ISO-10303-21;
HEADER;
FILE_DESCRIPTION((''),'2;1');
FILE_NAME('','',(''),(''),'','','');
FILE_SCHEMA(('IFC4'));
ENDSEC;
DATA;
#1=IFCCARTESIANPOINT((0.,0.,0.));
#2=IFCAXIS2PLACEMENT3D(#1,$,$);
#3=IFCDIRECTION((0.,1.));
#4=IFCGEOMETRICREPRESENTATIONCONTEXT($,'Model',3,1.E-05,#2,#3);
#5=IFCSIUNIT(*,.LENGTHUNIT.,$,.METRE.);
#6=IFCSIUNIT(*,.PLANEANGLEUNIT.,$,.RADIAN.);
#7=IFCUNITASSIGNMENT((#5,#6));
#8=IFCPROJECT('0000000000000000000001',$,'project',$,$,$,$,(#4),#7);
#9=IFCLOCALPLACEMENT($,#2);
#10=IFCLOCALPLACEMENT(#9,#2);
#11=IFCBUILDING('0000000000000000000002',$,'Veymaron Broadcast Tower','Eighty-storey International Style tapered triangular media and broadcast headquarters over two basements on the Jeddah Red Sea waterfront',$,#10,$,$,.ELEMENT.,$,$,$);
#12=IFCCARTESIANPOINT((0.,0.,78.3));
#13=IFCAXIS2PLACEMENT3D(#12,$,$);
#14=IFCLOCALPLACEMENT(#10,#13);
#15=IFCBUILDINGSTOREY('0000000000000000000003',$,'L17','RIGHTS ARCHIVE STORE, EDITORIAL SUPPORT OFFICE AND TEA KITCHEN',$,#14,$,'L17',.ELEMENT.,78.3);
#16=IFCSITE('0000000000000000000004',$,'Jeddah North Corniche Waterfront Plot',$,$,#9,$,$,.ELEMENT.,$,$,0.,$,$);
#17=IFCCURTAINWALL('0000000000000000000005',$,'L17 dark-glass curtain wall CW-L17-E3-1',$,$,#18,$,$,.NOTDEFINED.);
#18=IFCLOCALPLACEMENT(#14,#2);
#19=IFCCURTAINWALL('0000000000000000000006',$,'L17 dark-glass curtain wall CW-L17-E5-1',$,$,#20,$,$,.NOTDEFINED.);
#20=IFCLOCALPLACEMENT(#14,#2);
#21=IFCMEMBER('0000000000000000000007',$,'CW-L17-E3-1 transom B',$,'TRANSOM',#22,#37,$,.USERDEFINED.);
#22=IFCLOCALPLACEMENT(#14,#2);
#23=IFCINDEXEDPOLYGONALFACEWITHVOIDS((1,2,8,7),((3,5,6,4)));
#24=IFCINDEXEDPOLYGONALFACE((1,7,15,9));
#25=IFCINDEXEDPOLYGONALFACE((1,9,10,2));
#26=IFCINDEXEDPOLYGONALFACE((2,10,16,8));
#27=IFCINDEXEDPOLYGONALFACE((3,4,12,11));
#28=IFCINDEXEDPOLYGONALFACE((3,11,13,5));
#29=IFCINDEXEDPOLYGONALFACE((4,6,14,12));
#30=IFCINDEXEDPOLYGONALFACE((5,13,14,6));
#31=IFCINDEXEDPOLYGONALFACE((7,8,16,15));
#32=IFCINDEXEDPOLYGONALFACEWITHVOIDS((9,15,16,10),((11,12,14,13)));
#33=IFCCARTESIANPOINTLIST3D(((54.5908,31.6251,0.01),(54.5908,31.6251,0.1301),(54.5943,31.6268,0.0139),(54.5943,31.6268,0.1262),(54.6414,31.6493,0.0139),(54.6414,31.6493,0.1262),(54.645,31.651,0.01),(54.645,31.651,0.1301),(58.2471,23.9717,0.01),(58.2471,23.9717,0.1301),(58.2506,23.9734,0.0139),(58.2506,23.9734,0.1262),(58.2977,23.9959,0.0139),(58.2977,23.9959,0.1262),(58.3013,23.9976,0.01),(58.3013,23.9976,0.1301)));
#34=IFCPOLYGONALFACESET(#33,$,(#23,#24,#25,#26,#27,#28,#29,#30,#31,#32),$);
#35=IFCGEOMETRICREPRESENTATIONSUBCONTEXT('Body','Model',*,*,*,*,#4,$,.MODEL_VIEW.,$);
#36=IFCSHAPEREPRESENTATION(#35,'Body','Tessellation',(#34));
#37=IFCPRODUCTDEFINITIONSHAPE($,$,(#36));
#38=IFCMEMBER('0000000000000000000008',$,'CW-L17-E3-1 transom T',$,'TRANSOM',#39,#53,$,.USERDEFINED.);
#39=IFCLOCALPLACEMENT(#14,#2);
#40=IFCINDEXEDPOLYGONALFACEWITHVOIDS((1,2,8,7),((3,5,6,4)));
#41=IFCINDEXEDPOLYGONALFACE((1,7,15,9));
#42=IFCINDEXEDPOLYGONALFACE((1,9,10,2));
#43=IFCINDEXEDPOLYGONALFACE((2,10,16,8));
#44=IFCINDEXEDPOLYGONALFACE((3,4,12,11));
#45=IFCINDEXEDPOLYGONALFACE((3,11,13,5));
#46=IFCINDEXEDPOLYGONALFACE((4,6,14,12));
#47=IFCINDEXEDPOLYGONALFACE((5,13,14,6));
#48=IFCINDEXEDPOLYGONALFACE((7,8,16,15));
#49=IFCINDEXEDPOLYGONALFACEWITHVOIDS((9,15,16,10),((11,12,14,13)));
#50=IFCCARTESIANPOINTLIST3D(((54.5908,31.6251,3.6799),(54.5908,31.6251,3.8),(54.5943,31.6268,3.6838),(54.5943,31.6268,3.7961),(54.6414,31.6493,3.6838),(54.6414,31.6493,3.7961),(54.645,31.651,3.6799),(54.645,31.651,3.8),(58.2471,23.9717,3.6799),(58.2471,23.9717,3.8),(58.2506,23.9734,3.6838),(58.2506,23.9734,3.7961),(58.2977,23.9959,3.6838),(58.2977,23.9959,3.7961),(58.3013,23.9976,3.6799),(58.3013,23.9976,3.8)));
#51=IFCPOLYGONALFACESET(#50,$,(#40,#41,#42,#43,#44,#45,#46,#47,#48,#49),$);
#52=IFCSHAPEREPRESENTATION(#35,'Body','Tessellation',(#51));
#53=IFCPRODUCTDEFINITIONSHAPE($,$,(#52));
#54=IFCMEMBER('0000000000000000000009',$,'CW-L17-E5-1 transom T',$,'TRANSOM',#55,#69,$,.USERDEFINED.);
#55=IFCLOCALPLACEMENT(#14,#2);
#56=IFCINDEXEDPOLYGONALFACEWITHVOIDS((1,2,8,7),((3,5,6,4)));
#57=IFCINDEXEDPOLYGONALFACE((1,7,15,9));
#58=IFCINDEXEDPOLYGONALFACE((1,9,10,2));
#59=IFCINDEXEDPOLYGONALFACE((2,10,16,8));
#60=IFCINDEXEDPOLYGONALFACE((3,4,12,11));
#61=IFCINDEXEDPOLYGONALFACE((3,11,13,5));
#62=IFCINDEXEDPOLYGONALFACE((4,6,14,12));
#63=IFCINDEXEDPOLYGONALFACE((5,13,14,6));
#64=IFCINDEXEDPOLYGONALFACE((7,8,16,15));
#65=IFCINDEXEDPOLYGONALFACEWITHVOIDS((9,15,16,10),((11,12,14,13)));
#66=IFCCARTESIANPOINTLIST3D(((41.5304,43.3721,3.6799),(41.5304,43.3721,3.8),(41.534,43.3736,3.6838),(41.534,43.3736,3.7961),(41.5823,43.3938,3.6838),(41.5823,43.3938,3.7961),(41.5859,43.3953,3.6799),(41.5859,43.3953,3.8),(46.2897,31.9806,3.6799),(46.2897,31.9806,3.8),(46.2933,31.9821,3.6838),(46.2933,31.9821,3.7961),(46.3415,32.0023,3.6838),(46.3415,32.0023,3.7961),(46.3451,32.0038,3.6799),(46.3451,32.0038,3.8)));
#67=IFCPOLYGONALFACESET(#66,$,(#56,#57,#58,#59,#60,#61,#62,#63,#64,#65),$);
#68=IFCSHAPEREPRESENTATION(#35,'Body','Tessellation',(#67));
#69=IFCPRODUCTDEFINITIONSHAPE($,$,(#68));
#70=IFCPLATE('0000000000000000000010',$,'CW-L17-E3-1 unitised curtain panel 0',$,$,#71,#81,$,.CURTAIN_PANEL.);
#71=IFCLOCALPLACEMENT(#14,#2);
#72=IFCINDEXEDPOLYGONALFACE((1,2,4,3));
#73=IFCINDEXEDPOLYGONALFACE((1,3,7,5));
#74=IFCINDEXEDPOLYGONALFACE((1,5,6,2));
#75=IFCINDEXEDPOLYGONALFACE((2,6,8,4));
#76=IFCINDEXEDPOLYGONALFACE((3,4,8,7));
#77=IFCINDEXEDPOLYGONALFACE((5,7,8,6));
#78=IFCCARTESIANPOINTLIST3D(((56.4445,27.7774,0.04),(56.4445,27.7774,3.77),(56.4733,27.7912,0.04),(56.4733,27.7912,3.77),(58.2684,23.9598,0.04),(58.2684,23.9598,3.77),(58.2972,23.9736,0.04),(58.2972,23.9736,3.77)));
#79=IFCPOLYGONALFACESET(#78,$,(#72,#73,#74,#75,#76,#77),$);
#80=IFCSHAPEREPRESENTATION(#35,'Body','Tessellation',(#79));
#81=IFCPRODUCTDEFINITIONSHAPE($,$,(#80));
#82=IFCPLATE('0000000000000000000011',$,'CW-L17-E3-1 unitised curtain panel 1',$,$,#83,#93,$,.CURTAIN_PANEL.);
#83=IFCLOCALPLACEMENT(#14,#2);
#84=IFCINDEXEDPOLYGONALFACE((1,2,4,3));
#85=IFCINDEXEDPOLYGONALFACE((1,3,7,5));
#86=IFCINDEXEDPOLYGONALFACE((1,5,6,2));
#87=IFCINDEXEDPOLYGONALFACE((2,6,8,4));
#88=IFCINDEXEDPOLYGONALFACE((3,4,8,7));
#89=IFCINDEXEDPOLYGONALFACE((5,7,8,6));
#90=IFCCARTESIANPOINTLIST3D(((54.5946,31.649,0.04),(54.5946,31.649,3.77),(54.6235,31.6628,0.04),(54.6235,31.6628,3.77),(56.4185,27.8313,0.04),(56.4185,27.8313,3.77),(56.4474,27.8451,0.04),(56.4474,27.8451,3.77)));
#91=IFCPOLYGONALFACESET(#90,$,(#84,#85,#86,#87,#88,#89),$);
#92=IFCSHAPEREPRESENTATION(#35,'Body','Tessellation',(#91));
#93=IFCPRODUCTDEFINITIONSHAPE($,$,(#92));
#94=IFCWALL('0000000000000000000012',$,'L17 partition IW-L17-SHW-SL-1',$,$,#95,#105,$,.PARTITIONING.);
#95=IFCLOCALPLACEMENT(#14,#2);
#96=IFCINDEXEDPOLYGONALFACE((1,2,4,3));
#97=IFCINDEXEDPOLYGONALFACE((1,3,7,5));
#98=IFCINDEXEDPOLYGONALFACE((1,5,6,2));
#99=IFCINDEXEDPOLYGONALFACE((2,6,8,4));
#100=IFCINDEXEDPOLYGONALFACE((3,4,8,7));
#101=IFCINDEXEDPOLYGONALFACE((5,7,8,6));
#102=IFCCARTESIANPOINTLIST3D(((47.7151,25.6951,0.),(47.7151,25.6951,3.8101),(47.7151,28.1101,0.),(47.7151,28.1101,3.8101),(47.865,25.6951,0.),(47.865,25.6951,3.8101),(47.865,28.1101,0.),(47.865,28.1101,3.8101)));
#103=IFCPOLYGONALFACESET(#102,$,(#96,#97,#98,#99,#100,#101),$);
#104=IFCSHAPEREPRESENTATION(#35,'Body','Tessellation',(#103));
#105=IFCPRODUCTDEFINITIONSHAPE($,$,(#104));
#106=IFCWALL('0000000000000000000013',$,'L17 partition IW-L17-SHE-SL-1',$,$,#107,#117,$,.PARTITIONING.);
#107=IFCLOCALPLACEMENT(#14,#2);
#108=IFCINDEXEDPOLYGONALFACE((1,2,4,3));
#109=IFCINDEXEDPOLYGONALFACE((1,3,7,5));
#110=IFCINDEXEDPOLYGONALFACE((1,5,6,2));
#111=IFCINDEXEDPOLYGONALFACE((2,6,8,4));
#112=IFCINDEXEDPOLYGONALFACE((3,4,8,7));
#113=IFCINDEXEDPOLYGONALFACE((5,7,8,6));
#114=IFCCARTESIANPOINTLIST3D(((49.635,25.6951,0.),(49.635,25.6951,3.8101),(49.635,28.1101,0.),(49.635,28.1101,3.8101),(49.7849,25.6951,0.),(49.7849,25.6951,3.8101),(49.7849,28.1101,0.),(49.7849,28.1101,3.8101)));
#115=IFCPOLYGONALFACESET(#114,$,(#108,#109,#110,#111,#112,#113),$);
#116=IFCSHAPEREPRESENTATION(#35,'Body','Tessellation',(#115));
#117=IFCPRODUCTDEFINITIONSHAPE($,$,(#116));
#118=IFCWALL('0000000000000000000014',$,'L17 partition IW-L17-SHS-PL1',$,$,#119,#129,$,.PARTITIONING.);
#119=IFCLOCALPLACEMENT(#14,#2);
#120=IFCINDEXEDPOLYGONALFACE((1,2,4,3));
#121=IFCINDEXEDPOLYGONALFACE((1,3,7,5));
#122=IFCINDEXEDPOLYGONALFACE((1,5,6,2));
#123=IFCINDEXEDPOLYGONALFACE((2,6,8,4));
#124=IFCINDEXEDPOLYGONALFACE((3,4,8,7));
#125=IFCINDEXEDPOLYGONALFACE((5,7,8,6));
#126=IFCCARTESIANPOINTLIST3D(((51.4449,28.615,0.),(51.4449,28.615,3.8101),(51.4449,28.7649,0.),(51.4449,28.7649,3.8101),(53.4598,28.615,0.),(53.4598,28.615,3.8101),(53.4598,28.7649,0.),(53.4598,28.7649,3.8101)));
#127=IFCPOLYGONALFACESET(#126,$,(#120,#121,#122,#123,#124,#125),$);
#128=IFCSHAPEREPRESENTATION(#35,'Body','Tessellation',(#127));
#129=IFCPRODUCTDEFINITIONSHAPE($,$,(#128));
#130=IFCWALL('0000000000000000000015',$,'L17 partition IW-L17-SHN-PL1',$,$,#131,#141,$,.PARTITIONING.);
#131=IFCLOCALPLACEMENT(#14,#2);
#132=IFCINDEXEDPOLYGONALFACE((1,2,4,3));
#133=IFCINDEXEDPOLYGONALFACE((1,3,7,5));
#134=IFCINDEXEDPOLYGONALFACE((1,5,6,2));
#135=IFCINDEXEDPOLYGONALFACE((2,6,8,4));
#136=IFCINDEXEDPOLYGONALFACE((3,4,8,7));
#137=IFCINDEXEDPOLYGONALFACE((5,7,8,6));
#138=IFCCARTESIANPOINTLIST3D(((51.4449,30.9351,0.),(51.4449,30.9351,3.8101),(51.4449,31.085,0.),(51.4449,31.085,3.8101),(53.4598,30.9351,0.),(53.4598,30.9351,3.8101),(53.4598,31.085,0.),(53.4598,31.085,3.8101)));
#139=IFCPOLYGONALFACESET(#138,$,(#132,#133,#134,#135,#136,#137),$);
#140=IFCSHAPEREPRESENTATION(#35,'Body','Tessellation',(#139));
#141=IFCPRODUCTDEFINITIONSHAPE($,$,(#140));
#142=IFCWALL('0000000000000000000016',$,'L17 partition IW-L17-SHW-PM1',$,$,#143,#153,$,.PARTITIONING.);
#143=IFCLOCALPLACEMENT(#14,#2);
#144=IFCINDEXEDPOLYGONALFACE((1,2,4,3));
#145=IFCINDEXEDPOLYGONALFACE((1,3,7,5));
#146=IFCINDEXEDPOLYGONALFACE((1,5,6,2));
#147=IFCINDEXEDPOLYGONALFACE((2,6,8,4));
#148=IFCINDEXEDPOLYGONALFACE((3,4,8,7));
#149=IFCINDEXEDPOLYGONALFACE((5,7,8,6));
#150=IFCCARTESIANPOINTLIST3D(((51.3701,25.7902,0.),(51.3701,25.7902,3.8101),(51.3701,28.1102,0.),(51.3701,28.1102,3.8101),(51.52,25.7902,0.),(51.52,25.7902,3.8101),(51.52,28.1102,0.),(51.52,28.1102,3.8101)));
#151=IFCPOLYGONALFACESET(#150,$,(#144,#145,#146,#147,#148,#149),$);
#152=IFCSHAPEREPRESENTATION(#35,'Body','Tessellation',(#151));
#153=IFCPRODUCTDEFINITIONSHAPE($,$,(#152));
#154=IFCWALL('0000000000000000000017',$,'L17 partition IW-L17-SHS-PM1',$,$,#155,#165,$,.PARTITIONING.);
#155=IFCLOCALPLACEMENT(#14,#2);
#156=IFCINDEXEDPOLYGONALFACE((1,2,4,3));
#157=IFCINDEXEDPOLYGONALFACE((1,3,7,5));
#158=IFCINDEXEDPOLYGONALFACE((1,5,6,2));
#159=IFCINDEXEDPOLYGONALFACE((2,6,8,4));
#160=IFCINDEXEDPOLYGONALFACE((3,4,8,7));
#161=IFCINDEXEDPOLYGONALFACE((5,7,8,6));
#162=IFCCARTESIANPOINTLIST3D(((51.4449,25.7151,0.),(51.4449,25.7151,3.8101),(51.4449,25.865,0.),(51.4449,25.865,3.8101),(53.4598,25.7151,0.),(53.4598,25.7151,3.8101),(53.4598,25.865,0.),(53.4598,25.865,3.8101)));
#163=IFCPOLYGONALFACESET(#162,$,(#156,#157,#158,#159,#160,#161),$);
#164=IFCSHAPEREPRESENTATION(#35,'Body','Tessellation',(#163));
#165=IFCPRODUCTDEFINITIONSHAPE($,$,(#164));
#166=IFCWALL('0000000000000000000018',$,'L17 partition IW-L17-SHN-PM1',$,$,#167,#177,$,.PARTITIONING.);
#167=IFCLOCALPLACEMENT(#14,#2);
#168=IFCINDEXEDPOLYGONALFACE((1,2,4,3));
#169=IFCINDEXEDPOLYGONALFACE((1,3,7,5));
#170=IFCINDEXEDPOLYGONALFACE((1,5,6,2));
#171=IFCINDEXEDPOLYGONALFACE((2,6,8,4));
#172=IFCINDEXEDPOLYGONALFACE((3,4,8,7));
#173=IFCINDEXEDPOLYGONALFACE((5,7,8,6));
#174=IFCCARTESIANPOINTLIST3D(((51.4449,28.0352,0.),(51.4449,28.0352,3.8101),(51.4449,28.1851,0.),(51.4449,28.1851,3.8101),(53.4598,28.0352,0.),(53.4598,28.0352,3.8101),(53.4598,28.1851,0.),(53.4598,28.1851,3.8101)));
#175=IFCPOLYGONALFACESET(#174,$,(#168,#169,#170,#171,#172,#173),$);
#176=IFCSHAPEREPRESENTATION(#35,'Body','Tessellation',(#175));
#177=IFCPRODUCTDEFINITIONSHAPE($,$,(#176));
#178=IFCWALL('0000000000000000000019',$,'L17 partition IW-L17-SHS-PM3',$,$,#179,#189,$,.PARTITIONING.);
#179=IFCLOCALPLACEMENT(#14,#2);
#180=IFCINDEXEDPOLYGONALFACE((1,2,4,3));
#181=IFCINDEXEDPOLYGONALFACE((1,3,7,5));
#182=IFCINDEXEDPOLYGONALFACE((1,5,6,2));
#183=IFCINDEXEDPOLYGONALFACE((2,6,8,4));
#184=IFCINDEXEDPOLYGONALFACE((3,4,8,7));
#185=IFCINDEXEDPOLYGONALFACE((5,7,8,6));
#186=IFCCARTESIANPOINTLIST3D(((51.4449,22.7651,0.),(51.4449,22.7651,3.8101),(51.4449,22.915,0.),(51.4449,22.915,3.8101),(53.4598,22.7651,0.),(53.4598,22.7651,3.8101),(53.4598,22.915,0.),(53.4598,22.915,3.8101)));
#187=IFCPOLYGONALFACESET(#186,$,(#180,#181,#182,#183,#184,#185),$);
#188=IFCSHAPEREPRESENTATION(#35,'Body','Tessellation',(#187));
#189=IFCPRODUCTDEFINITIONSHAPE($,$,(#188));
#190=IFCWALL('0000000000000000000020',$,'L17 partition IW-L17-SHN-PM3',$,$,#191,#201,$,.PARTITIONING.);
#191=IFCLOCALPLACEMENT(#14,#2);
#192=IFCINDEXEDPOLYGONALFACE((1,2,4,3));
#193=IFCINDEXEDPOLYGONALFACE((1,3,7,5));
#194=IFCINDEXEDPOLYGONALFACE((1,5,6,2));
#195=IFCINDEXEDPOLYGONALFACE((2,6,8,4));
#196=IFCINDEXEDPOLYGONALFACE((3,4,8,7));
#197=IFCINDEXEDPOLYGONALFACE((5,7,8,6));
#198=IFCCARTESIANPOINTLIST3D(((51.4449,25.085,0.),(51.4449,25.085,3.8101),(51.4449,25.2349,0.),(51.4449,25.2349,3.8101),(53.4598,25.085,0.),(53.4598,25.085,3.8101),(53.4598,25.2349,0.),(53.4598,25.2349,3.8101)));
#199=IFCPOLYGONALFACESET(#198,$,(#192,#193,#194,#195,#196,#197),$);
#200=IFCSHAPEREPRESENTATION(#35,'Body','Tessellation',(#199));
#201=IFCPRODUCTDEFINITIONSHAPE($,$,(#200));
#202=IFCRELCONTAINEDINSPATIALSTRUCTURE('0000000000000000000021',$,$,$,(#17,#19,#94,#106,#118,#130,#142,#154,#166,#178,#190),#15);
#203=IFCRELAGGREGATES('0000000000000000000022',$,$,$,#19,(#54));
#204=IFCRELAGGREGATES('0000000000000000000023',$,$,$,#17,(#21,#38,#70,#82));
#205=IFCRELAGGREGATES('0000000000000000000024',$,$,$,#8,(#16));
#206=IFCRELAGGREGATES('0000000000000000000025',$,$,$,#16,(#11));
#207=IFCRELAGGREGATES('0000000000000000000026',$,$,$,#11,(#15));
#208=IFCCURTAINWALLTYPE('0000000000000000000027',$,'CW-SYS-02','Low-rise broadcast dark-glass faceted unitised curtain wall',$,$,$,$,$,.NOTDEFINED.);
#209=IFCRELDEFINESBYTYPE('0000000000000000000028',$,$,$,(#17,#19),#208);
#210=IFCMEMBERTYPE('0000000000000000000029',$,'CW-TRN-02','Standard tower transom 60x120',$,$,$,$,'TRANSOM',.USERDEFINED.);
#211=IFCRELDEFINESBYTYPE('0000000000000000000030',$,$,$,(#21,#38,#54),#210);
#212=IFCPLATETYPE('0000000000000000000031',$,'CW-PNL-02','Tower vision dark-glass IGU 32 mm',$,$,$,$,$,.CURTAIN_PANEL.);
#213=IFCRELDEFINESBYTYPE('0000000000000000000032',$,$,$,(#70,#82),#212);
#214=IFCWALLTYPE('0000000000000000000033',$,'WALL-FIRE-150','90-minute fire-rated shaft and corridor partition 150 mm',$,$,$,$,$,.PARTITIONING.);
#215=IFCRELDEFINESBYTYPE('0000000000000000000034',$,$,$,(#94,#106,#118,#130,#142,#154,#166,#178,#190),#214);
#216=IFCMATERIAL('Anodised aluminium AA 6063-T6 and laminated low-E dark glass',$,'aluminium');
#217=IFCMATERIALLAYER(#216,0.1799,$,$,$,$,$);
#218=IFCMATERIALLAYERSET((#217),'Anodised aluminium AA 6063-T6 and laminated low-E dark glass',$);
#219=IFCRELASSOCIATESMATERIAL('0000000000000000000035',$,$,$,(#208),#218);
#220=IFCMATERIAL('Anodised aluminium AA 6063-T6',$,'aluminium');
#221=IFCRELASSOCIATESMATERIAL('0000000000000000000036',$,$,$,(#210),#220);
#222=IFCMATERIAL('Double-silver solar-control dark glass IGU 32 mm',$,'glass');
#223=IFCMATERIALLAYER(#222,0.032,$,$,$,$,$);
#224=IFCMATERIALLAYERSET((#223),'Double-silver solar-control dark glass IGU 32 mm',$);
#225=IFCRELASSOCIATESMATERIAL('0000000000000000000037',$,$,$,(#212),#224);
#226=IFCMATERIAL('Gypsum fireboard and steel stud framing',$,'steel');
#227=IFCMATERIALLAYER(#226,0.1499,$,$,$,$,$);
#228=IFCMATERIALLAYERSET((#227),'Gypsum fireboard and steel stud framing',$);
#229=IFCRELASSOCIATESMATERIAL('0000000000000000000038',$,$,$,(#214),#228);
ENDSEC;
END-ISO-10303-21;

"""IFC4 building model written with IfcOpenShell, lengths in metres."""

from ifc_helpers import new_model, si_unit, direction, frame, frame_2d, origin, origin_2d, place, context, subcontext, project, spatial, rectangle, hollow_rectangle, extrude, material, layer, layer_set, material_profile, profile_set, type_object, element, aggregate, save


model = new_model("IFC4")

# Units and contexts
model_context = context("Model", 3, precision=1e-05, world=origin(), true_north=direction((0.0, 1.0)))
body_context = subcontext(model_context, "Body", "Model", "MODEL_VIEW")
ifc_project = project(units=[si_unit("LENGTHUNIT", "METRE"), si_unit("PLANEANGLEUNIT", "RADIAN")], contexts=[model_context])

# Site, building, storey
site_placement = place(None, origin())
site = spatial("IfcSite", under=ifc_project, at=site_placement, Name="Jeddah North Corniche Waterfront Plot", CompositionType="ELEMENT", RefElevation=0.0)
building_placement = place(site_placement, origin())
building = spatial("IfcBuilding", under=site, at=building_placement, Name="Veymaron Broadcast Tower", Description="Eighty-storey International Style tapered triangular media and broadcast headquarters over two basements on the Jeddah Red Sea waterfront", CompositionType="ELEMENT")
storey_placement = place(building_placement, frame((0.0, 0.0, 78.3)))
storey = spatial("IfcBuildingStorey", under=building, at=storey_placement, Name="L17", Description="RIGHTS ARCHIVE STORE, EDITORIAL SUPPORT OFFICE AND TEA KITCHEN", LongName="L17", CompositionType="ELEMENT", Elevation=78.3)

# Shared definitions
ifc_material_1 = material(Name="Anodised aluminium AA 6063-T6 and laminated low-E dark glass", Category="aluminium")
ifc_layer_1 = layer(ifc_material_1, 0.1799)
ifc_layer_set_1 = layer_set([ifc_layer_1], Name="Anodised aluminium AA 6063-T6 and laminated low-E dark glass")
curtain_wall_type = type_object("IfcCurtainWallType", Name="CW-SYS-02", Description="Low-rise broadcast dark-glass faceted unitised curtain wall", PredefinedType="NOTDEFINED", material=ifc_layer_set_1)
ifc_material_2 = material(Name="Anodised aluminium AA 6063-T6", Category="aluminium")

# Curtain wall
curtain_wall_1_placement = place(storey_placement, origin())
curtain_wall_1 = element("IfcCurtainWall", 1, at=curtain_wall_1_placement, inside=storey, type_object=curtain_wall_type, Name="L17 dark-glass curtain wall CW-L17-E3-1", PredefinedType="NOTDEFINED")

# Curtain wall
curtain_wall_2_placement = place(storey_placement, origin())
curtain_wall_2 = element("IfcCurtainWall", 2, at=curtain_wall_2_placement, inside=storey, type_object=curtain_wall_type, Name="L17 dark-glass curtain wall CW-L17-E5-1", PredefinedType="NOTDEFINED")

# Members
ifc_material_profile_1 = material_profile(ifc_material_2, hollow_rectangle(XDim=0.0601, YDim=0.1201, WallThickness=0.0039, at=origin_2d()), Name="AL120X60X4")
ifc_profile_set_1 = profile_set([ifc_material_profile_1], Name="Anodised aluminium AA 6063-T6")
member_type_1 = type_object("IfcMemberType", Name="CW-TRN-02", Description="Standard tower transom 60x120", ElementType="TRANSOM", PredefinedType="USERDEFINED", material=ifc_profile_set_1)
member_1_placement = place(storey_placement, frame((58.2742, 23.9846, 0.0701), z_axis=(-0.431068, 0.902319, 0.0), x_axis=(-0.902319, -0.431068, 0.0)))
member_1 = element("IfcMember", 3, at=member_1_placement, type_object=member_type_1, Name="CW-L17-E3-1 transom B", ObjectType="TRANSOM", PredefinedType="USERDEFINED", context=body_context, shape_type="SweptSolid", body=[
    extrude(hollow_rectangle(XDim=0.0601, YDim=0.1201, WallThickness=0.0039, at=origin_2d()), origin(), (0.0, 0.0, 1.0), 8.4819),
])
member_2_placement = place(storey_placement, frame((58.2742, 23.9846, 3.74), z_axis=(-0.431068, 0.902319, 0.0), x_axis=(-0.902319, -0.431068, 0.0)))
member_2 = element("IfcMember", 4, at=member_2_placement, type_object=member_type_1, Name="CW-L17-E3-1 transom T", ObjectType="TRANSOM", PredefinedType="USERDEFINED", context=body_context, shape_type="SweptSolid", body=[
    extrude(hollow_rectangle(XDim=0.0601, YDim=0.1201, WallThickness=0.0039, at=origin_2d()), origin(), (0.0, 0.0, 1.0), 8.4819),
])
member_3_placement = place(storey_placement, frame((46.3174, 31.9922, 3.74), z_axis=(-0.385497, 0.922709, 0.0), x_axis=(-0.922709, -0.385497, 0.0)))
member_3 = element("IfcMember", 5, at=member_3_placement, type_object=member_type_1, Name="CW-L17-E5-1 transom T", ObjectType="TRANSOM", PredefinedType="USERDEFINED", context=body_context, shape_type="SweptSolid", body=[
    extrude(hollow_rectangle(XDim=0.0601, YDim=0.1201, WallThickness=0.0039, at=origin_2d()), origin(), (0.0, 0.0, 1.0), 12.3457),
])
aggregate(curtain_wall_2, [member_3])

# Plates
ifc_material_3 = material(Name="Double-silver solar-control dark glass IGU 32 mm", Category="glass")
ifc_layer_2 = layer(ifc_material_3, 0.032)
ifc_layer_set_2 = layer_set([ifc_layer_2], Name="Double-silver solar-control dark glass IGU 32 mm")
plate_type = type_object("IfcPlateType", Name="CW-PNL-02", Description="Tower vision dark-glass IGU 32 mm", PredefinedType="CURTAIN_PANEL", material=ifc_layer_set_2)
plate_1_placement = place(storey_placement, frame((57.3708, 25.8755, 0.04), z_axis=(0.0, 0.0, 1.0), x_axis=(-0.431078, 0.902315, 0.0)))
plate_1 = element("IfcPlate", 6, at=plate_1_placement, type_object=plate_type, Name="CW-L17-E3-1 unitised curtain panel 0", PredefinedType="CURTAIN_PANEL", context=body_context, shape_type="SweptSolid", body=[
    extrude(rectangle(XDim=4.231, YDim=0.032, at=origin_2d()), origin(), (0.0, 0.0, 1.0), 3.73),
])
plate_2_placement = place(storey_placement, frame((55.521, 29.7471, 0.04), z_axis=(0.0, 0.0, 1.0), x_axis=(-0.431078, 0.902315, 0.0)))
plate_2 = element("IfcPlate", 7, at=plate_2_placement, type_object=plate_type, Name="CW-L17-E3-1 unitised curtain panel 1", PredefinedType="CURTAIN_PANEL", context=body_context, shape_type="SweptSolid", body=[
    extrude(rectangle(XDim=4.231, YDim=0.032, at=origin_2d()), origin(), (0.0, 0.0, 1.0), 3.73),
])
aggregate(curtain_wall_1, [member_1, member_2, plate_1, plate_2])

# Shared definitions
ifc_material_4 = material(Name="Gypsum fireboard and steel stud framing", Category="steel")
ifc_layer_3 = layer(ifc_material_4, 0.1499)
ifc_layer_set_3 = layer_set([ifc_layer_3], Name="Gypsum fireboard and steel stud framing")
wall_type_1 = type_object("IfcWallType", Name="WALL-FIRE-150", Description="90-minute fire-rated shaft and corridor partition 150 mm", PredefinedType="PARTITIONING", material=ifc_layer_set_3)

# Walls
for number, where, z_axis, x_axis, name in (
    (8, (47.79, 25.6951, 0.0), (0.0, 0.0, 1.0), (0.0, 1.0, 0.0), "L17 partition IW-L17-SHW-SL-1"),
    (9, (49.71, 25.6951, 0.0), (0.0, 0.0, 1.0), (0.0, 1.0, 0.0), "L17 partition IW-L17-SHE-SL-1"),
):
    element("IfcWall", number, at=place(storey_placement, frame(where, z_axis=z_axis, x_axis=x_axis)), inside=storey, type_object=wall_type_1, Name=name, PredefinedType="PARTITIONING", context=body_context, shape_type="SweptSolid", body=[
        extrude(rectangle(XDim=2.415, YDim=0.1499, at=frame_2d((1.2075, 0.0))), origin(), (0.0, 0.0, 1.0), 3.8101),
    ])

# Walls
for number, where, z_axis, x_axis, name in (
    (10, (51.4451, 28.6899, 0.0), (0.0, 0.0, 1.0), (1.0, 0.0, 0.0), "L17 partition IW-L17-SHS-PL1"),
    (11, (51.4451, 31.01, 0.0), (0.0, 0.0, 1.0), (1.0, 0.0, 0.0), "L17 partition IW-L17-SHN-PL1"),
):
    element("IfcWall", number, at=place(storey_placement, frame(where, z_axis=z_axis, x_axis=x_axis)), inside=storey, type_object=wall_type_1, Name=name, PredefinedType="PARTITIONING", context=body_context, shape_type="SweptSolid", body=[
        extrude(rectangle(XDim=2.0149, YDim=0.1499, at=frame_2d((1.0073, 0.0))), origin(), (0.0, 0.0, 1.0), 3.8101),
    ])
wall_1_placement = place(storey_placement, frame((51.4451, 25.79, 0.0), z_axis=(0.0, 0.0, 1.0), x_axis=(0.0, 1.0, 0.0)))
element("IfcWall", 12, at=wall_1_placement, inside=storey, type_object=wall_type_1, Name="L17 partition IW-L17-SHW-PM1", PredefinedType="PARTITIONING", context=body_context, shape_type="SweptSolid", body=[
    extrude(rectangle(XDim=2.3201, YDim=0.1499, at=frame_2d((1.1602, 0.0))), origin(), (0.0, 0.0, 1.0), 3.8101),
])
for number, where, z_axis, x_axis, name in (
    (13, (51.4451, 25.79, 0.0), (0.0, 0.0, 1.0), (1.0, 0.0, 0.0), "L17 partition IW-L17-SHS-PM1"),
    (14, (51.4451, 28.1101, 0.0), (0.0, 0.0, 1.0), (1.0, 0.0, 0.0), "L17 partition IW-L17-SHN-PM1"),
    (15, (51.4451, 22.8401, 0.0), (0.0, 0.0, 1.0), (1.0, 0.0, 0.0), "L17 partition IW-L17-SHS-PM3"),
    (16, (51.4451, 25.1599, 0.0), (0.0, 0.0, 1.0), (1.0, 0.0, 0.0), "L17 partition IW-L17-SHN-PM3"),
):
    element("IfcWall", number, at=place(storey_placement, frame(where, z_axis=z_axis, x_axis=x_axis)), inside=storey, type_object=wall_type_1, Name=name, PredefinedType="PARTITIONING", context=body_context, shape_type="SweptSolid", body=[
        extrude(rectangle(XDim=2.0149, YDim=0.1499, at=frame_2d((1.0073, 0.0))), origin(), (0.0, 0.0, 1.0), 3.8101),
    ])

save(model, "model.ifc")
